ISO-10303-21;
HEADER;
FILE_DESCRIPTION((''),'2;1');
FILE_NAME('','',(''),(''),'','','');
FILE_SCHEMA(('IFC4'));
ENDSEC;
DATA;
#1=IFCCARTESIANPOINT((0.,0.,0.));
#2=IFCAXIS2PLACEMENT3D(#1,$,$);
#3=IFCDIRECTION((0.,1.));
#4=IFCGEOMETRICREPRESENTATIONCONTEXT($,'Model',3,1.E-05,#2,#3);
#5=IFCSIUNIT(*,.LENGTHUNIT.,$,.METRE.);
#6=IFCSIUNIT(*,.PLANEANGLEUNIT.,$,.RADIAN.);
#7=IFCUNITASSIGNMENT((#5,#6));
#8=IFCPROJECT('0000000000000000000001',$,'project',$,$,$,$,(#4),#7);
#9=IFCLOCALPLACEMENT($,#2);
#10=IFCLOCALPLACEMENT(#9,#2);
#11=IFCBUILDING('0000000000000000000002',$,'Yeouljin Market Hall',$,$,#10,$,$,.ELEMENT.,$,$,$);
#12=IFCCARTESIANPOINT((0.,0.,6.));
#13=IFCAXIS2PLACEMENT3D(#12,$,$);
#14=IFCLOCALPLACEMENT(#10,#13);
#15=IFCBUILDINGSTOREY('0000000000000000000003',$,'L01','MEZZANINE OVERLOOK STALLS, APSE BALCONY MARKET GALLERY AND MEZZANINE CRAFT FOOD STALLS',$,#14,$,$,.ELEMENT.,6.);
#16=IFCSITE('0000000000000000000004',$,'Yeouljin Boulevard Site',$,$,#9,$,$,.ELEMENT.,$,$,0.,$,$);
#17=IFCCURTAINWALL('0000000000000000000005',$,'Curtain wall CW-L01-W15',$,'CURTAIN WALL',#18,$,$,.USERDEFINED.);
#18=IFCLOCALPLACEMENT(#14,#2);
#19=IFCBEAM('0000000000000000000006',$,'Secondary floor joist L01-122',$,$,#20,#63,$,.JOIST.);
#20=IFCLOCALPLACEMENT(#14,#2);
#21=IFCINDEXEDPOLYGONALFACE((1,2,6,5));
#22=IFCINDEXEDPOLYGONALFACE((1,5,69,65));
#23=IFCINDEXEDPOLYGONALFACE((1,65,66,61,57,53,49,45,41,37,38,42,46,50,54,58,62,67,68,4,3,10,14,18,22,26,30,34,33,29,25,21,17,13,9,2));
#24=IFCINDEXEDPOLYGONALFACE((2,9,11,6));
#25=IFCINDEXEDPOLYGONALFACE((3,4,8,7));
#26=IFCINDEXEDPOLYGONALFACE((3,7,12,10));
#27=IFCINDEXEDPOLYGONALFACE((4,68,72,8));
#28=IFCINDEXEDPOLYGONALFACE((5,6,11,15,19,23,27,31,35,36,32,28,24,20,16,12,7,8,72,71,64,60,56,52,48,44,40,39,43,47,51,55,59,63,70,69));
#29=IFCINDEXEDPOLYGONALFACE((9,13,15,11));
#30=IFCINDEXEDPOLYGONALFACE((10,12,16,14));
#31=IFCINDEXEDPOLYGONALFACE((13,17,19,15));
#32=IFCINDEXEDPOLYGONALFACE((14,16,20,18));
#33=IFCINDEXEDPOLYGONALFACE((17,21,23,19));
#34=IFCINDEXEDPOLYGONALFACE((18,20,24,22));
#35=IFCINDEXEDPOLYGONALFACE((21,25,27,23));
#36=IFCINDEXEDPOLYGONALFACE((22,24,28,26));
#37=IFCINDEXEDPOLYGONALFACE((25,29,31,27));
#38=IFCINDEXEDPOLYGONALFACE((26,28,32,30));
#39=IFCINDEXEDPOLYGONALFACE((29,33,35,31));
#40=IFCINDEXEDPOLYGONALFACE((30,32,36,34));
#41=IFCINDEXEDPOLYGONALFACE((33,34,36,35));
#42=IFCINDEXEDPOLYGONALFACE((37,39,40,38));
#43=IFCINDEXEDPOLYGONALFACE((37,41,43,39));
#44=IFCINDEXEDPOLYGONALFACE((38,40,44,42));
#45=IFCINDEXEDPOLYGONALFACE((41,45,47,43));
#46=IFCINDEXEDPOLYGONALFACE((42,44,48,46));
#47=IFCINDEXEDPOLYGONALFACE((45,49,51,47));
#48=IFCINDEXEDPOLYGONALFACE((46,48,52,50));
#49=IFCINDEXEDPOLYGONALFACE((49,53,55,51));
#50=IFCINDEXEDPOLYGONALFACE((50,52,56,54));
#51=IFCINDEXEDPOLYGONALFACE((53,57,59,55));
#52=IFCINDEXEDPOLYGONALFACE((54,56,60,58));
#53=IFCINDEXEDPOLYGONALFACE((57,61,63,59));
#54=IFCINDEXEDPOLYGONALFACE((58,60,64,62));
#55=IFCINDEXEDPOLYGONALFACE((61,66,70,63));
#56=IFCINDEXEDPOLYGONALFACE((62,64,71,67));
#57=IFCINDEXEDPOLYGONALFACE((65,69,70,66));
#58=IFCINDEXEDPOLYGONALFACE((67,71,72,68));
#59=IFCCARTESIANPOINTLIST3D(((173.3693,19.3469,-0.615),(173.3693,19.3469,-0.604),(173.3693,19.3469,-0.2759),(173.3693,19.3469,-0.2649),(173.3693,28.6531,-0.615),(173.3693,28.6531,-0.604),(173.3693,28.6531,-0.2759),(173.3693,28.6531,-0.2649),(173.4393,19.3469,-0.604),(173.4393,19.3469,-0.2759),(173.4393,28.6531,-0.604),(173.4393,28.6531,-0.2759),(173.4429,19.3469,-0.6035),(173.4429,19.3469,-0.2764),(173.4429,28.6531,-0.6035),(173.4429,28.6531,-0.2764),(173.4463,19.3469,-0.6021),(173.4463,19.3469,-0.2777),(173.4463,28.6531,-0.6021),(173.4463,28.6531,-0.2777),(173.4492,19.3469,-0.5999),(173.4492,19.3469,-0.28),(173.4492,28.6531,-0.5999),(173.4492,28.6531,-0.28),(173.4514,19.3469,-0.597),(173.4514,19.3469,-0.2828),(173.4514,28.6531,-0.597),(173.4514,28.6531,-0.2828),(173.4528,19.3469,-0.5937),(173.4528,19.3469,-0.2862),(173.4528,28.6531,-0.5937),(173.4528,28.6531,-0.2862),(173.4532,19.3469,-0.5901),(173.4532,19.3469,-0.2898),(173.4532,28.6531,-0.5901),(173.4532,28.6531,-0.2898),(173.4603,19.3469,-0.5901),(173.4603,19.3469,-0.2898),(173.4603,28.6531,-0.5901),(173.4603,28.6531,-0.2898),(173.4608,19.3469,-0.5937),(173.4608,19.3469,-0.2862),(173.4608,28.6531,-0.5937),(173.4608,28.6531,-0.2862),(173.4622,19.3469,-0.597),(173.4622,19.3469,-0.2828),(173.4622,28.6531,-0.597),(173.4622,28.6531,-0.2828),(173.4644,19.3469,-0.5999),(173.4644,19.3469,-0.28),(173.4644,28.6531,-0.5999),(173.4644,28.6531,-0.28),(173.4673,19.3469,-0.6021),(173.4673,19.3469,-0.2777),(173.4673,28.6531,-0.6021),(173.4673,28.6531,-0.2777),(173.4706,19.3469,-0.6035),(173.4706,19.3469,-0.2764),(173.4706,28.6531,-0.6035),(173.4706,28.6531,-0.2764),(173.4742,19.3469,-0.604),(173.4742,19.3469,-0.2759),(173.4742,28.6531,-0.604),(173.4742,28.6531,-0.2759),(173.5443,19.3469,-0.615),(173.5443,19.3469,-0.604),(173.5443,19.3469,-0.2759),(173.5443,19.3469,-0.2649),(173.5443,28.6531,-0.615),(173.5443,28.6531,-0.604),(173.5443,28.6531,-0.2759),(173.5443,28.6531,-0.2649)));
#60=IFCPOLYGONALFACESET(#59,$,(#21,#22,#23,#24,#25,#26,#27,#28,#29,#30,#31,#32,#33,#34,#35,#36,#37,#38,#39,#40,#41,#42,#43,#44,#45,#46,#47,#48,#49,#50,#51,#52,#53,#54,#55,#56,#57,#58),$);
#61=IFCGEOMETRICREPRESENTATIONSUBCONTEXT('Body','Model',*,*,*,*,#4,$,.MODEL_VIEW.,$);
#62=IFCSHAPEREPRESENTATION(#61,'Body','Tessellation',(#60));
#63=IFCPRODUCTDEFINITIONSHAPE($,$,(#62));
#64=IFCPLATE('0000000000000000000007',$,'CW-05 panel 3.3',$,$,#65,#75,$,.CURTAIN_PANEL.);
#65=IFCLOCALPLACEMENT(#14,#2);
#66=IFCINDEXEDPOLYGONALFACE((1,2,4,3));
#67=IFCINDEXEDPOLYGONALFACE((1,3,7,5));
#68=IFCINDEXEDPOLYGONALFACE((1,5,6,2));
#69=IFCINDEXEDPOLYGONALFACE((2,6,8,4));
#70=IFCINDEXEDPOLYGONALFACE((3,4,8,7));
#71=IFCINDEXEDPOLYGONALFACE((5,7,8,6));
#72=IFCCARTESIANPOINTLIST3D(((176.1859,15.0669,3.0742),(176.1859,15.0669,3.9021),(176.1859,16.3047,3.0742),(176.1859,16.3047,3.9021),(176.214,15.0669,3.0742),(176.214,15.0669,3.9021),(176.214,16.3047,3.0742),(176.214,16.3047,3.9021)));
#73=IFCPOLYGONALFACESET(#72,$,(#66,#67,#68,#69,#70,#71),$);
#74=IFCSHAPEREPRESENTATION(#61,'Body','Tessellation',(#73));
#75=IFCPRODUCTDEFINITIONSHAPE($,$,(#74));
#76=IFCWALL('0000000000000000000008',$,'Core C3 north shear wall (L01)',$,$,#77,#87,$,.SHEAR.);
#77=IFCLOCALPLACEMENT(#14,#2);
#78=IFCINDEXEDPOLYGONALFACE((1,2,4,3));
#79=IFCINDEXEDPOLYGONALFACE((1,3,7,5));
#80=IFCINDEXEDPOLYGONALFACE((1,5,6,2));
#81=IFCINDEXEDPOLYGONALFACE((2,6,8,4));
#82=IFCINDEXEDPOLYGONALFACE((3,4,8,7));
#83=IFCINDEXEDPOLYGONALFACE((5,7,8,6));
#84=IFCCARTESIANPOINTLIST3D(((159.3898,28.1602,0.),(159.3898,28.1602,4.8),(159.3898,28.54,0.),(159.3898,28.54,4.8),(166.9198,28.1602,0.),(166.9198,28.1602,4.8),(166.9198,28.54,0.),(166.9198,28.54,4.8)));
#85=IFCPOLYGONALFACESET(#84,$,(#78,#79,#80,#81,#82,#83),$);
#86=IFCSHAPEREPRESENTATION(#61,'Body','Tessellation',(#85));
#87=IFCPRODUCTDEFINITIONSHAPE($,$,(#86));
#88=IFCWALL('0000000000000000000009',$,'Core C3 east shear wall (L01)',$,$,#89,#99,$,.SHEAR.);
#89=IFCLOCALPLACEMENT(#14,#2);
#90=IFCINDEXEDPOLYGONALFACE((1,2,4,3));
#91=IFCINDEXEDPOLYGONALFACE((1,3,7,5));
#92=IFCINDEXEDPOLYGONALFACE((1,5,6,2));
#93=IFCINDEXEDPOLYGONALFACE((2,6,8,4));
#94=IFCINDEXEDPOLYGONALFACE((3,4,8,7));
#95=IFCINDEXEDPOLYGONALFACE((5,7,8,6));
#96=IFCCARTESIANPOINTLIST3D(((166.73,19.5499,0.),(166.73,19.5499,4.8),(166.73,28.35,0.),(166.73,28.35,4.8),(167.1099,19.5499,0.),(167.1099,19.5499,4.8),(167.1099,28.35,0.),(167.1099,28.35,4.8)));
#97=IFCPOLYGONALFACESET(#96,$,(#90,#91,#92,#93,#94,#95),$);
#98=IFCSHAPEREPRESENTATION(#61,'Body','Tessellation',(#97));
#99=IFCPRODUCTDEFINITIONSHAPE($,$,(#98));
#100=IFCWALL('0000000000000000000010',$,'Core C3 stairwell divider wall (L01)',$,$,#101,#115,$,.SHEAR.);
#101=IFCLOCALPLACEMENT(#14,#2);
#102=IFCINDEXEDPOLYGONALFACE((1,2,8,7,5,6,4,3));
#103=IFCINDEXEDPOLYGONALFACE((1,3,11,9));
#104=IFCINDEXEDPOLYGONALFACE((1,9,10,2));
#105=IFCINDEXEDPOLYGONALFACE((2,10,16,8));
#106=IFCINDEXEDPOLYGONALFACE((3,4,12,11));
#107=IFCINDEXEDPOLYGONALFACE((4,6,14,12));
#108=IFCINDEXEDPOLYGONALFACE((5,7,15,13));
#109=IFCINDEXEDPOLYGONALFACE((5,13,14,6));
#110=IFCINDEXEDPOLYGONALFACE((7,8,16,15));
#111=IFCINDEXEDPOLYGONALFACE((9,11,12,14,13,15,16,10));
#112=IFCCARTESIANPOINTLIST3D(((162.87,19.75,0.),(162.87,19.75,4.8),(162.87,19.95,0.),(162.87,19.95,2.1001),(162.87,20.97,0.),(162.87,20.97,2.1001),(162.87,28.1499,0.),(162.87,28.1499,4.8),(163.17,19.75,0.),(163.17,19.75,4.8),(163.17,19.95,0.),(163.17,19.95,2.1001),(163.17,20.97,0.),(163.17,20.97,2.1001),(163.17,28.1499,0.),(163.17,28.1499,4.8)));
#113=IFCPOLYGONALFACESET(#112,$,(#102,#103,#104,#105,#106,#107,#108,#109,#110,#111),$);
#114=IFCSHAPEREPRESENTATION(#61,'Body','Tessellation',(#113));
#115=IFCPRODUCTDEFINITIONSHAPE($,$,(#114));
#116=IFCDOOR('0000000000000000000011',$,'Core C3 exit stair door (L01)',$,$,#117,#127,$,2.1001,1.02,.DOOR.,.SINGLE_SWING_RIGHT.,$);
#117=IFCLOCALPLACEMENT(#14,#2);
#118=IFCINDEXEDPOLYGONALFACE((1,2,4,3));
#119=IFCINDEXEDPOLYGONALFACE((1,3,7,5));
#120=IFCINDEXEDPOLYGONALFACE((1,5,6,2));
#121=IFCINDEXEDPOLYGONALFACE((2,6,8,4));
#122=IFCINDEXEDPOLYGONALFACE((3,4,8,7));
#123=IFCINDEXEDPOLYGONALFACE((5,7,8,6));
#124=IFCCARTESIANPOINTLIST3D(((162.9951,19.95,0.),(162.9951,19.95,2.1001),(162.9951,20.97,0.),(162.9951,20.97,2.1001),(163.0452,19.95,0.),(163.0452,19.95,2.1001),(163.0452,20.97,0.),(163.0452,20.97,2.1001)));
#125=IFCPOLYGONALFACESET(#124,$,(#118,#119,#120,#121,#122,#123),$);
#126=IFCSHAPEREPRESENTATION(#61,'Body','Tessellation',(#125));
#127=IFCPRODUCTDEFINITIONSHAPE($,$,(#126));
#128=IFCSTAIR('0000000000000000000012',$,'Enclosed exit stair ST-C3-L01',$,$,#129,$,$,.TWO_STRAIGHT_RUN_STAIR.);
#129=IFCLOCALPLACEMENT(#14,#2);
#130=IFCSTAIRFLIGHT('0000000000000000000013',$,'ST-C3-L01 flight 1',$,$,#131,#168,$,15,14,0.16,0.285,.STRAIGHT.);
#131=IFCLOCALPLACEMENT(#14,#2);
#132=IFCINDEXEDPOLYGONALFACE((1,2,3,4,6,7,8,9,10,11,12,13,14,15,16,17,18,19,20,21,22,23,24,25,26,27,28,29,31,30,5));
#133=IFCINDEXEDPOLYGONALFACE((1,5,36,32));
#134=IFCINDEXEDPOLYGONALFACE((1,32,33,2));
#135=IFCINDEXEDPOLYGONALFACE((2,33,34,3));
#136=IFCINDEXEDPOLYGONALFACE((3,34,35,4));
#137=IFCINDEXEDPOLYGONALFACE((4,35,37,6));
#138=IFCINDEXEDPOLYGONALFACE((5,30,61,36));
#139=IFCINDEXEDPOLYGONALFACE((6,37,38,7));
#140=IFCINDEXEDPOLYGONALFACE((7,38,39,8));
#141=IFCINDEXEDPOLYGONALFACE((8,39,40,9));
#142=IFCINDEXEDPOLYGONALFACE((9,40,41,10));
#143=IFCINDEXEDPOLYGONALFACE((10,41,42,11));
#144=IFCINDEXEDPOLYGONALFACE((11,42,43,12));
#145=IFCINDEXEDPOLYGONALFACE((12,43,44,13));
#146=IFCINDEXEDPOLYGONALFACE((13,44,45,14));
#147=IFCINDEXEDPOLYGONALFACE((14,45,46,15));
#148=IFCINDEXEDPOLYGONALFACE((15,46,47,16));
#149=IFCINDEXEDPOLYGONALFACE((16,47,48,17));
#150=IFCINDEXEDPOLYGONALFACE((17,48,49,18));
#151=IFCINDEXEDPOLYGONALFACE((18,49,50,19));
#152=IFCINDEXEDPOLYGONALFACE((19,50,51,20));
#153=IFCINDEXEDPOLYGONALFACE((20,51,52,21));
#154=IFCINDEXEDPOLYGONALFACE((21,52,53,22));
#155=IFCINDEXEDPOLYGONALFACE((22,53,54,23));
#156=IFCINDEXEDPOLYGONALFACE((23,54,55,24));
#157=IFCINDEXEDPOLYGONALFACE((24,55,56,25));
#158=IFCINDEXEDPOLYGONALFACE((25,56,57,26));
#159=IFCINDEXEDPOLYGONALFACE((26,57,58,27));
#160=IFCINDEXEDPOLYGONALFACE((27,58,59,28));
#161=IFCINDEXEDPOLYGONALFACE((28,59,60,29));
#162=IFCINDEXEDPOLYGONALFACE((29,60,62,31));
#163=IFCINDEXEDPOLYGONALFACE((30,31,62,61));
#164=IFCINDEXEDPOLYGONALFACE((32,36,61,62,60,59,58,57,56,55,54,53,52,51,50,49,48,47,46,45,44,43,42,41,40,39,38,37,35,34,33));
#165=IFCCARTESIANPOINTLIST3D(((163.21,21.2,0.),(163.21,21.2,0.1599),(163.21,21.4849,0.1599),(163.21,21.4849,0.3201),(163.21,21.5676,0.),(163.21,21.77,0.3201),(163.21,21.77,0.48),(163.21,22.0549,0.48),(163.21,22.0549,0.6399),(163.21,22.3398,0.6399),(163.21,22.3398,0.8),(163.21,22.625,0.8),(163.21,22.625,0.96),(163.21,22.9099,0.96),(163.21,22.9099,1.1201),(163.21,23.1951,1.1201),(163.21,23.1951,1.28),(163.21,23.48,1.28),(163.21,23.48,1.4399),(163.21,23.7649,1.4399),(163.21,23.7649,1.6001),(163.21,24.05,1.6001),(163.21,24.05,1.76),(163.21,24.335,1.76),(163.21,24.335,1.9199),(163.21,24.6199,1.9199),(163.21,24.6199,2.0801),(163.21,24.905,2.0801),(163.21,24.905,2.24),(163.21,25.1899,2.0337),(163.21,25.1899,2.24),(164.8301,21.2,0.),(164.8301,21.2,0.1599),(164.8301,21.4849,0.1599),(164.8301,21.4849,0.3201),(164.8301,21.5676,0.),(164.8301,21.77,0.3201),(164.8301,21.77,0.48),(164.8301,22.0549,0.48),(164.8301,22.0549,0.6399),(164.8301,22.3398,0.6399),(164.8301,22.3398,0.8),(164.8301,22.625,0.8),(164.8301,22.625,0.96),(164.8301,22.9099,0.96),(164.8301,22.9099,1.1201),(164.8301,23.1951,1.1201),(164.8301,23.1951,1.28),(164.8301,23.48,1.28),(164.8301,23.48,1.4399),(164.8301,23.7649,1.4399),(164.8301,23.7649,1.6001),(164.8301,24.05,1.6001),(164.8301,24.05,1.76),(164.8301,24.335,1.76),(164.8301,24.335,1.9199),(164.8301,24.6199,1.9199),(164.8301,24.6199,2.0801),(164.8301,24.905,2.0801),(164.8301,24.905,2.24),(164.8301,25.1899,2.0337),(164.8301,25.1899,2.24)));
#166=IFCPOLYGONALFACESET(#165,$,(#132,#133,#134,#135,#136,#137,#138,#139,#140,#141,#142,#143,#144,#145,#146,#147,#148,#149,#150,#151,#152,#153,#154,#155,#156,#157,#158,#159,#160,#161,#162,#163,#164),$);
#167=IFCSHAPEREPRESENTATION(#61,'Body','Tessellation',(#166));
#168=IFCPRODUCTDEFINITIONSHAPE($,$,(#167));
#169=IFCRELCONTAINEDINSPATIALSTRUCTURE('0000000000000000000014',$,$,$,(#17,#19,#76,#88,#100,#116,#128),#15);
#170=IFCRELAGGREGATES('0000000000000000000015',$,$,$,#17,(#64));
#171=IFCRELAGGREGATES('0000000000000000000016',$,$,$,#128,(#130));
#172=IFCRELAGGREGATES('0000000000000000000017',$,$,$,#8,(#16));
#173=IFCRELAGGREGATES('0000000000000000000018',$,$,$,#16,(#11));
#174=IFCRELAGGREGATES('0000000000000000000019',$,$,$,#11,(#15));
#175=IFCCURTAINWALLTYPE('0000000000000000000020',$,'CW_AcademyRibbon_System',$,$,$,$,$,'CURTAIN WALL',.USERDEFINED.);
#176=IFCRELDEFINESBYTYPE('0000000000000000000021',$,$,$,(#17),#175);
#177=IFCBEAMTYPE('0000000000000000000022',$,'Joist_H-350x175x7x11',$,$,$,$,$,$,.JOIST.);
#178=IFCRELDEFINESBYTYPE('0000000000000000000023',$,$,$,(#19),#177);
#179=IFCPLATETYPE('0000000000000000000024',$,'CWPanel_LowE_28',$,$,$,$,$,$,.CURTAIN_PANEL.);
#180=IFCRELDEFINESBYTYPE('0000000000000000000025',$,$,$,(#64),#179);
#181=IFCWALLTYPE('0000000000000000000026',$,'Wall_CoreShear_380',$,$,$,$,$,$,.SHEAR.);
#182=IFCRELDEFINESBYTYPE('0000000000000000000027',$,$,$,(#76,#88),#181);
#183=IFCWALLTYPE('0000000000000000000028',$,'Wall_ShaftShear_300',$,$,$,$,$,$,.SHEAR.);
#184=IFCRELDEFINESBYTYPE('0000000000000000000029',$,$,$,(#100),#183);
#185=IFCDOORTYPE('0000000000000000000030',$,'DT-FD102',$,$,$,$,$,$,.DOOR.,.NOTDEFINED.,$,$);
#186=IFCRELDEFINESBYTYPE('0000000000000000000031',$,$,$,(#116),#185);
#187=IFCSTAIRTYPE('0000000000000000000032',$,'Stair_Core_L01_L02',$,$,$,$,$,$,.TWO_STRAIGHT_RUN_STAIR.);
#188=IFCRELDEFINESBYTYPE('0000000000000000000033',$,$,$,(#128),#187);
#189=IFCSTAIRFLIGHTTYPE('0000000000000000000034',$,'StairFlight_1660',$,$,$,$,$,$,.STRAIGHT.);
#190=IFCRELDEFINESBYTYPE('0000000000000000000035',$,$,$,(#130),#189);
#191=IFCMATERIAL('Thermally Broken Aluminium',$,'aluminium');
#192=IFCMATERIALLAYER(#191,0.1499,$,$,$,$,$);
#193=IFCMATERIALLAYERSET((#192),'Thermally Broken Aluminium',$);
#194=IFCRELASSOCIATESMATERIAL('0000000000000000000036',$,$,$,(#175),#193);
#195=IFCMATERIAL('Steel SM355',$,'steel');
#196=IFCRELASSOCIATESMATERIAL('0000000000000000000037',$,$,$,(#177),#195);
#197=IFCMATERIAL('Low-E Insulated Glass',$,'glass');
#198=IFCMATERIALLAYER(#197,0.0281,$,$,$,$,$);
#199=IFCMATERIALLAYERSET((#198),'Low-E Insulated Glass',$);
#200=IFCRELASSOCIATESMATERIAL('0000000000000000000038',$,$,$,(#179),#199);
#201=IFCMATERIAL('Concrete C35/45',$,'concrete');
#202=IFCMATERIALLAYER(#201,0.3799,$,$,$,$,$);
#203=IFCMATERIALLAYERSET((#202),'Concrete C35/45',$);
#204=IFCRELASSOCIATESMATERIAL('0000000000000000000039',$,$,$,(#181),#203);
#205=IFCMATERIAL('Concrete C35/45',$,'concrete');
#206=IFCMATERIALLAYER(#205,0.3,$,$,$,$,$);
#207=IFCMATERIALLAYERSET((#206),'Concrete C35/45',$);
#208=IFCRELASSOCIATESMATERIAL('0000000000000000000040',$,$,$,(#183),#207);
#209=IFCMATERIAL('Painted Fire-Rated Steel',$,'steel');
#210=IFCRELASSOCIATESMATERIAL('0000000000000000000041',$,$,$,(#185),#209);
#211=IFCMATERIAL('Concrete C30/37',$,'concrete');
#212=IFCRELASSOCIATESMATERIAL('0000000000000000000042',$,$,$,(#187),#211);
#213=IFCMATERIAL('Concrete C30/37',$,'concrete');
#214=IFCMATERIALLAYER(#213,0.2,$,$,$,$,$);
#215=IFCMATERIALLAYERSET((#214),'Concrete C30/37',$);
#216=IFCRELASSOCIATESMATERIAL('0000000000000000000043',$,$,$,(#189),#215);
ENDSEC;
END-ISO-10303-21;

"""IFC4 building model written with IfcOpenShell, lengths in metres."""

from ifc_helpers import new_model, si_unit, direction, frame, frame_2d, origin, origin_2d, place, context, subcontext, project, spatial, polyline, rectangle, i_section, outline, extrude, material, layer, layer_set, material_profile, profile_set, type_object, element, fill, aggregate, save


model = new_model("IFC4")

# Units and contexts
model_context = context("Model", 3, precision=1e-05, world=origin(), true_north=direction((0.0, 1.0)))
body_context = subcontext(model_context, "Body", "Model", "MODEL_VIEW")
ifc_project = project(units=[si_unit("LENGTHUNIT", "METRE"), si_unit("PLANEANGLEUNIT", "RADIAN")], contexts=[model_context])

# Site, building, storey
site_placement = place(None, origin())
site = spatial("IfcSite", under=ifc_project, at=site_placement, Name="Yeouljin Boulevard Site", CompositionType="ELEMENT", RefElevation=0.0)
building_placement = place(site_placement, origin())
building = spatial("IfcBuilding", under=site, at=building_placement, Name="Yeouljin Market Hall", CompositionType="ELEMENT")
storey_placement = place(building_placement, frame((0.0, 0.0, 6.0)))
storey = spatial("IfcBuildingStorey", under=building, at=storey_placement, Name="L01", Description="MEZZANINE OVERLOOK STALLS, APSE BALCONY MARKET GALLERY AND MEZZANINE CRAFT FOOD STALLS", CompositionType="ELEMENT", Elevation=6.0)

# Curtain wall
ifc_material_1 = material(Name="Thermally Broken Aluminium", Category="aluminium")
ifc_layer_1 = layer(ifc_material_1, 0.1499)
ifc_layer_set_1 = layer_set([ifc_layer_1], Name="Thermally Broken Aluminium")
curtain_wall_type = type_object("IfcCurtainWallType", Name="CW_AcademyRibbon_System", ElementType="CURTAIN WALL", PredefinedType="USERDEFINED", material=ifc_layer_set_1)
curtain_wall_placement = place(storey_placement, origin())
curtain_wall = element("IfcCurtainWall", 1, at=curtain_wall_placement, inside=storey, type_object=curtain_wall_type, Name="Curtain wall CW-L01-W15", ObjectType="CURTAIN WALL", PredefinedType="USERDEFINED")

# Beam
ifc_material_2 = material(Name="Steel SM355", Category="steel")
ifc_material_profile_1 = material_profile(ifc_material_2, i_section(OverallWidth=0.175, OverallDepth=0.3501, WebThickness=0.0071, FlangeThickness=0.011, FilletRadius=0.0139, at=origin_2d()), Name="H-350x175x7x11")
ifc_profile_set_1 = profile_set([ifc_material_profile_1], Name="Steel SM355")
beam_type_1 = type_object("IfcBeamType", Name="Joist_H-350x175x7x11", PredefinedType="JOIST", material=ifc_profile_set_1)
for number, where, z_axis, x_axis, name in (
    (2, (173.4568, 19.3469, -0.4399), (0.0, 1.0, 0.0), (-1.0, 0.0, 0.0), "Secondary floor joist L01-122"),
):
    element("IfcBeam", number, at=place(storey_placement, frame(where, z_axis=z_axis, x_axis=x_axis)), inside=storey, type_object=beam_type_1, Name=name, PredefinedType="JOIST", context=body_context, shape_type="SweptSolid", body=[
        extrude(i_section(OverallWidth=0.175, OverallDepth=0.3501, WebThickness=0.0071, FlangeThickness=0.011, FilletRadius=0.0139, at=origin_2d()), origin(), (0.0, 0.0, 1.0), 9.3062),
    ])

# Plate
ifc_material_3 = material(Name="Low-E Insulated Glass", Category="glass")
ifc_layer_2 = layer(ifc_material_3, 0.0281)
ifc_layer_set_2 = layer_set([ifc_layer_2], Name="Low-E Insulated Glass")
plate_type = type_object("IfcPlateType", Name="CWPanel_LowE_28", PredefinedType="CURTAIN_PANEL", material=ifc_layer_set_2)
plate_placement = place(storey_placement, frame((176.2, 15.6858, 3.0742), z_axis=(0.0, 0.0, 1.0), x_axis=(0.0, -1.0, 0.0)))
plate = element("IfcPlate", 3, at=plate_placement, type_object=plate_type, Name="CW-05 panel 3.3", PredefinedType="CURTAIN_PANEL", context=body_context, shape_type="SweptSolid", body=[
    extrude(rectangle(XDim=1.2378, YDim=0.0281, at=origin_2d()), origin(), (0.0, 0.0, 1.0), 0.8279),
])
aggregate(curtain_wall, [plate])

# Walls
ifc_material_4 = material(Name="Concrete C35/45", Category="concrete")
ifc_layer_3 = layer(ifc_material_4, 0.3799)
ifc_layer_set_3 = layer_set([ifc_layer_3], Name="Concrete C35/45")
wall_type_1 = type_object("IfcWallType", Name="Wall_CoreShear_380", PredefinedType="SHEAR", material=ifc_layer_set_3)
wall_1_placement = place(storey_placement, frame((166.9199, 28.3501, 0.0), z_axis=(0.0, 0.0, 1.0), x_axis=(-1.0, 0.0, 0.0)))
element("IfcWall", 4, at=wall_1_placement, inside=storey, type_object=wall_type_1, Name="Core C3 north shear wall (L01)", PredefinedType="SHEAR", context=body_context, shape_type="SweptSolid", body=[
    extrude(rectangle(XDim=7.53, YDim=0.3799, at=frame_2d((3.7651, 0.0))), origin(), (0.0, 0.0, 1.0), 4.8),
])
wall_2_placement = place(storey_placement, frame((166.9199, 19.55, 0.0), z_axis=(0.0, 0.0, 1.0), x_axis=(0.0, 1.0, 0.0)))
element("IfcWall", 5, at=wall_2_placement, inside=storey, type_object=wall_type_1, Name="Core C3 east shear wall (L01)", PredefinedType="SHEAR", context=body_context, shape_type="SweptSolid", body=[
    extrude(rectangle(XDim=8.8, YDim=0.3799, at=frame_2d((4.3999, 0.0))), origin(), (0.0, 0.0, 1.0), 4.8),
])

# Wall, opening, door
ifc_material_5 = material(Name="Concrete C35/45", Category="concrete")
ifc_layer_4 = layer(ifc_material_5, 0.3)
ifc_layer_set_4 = layer_set([ifc_layer_4], Name="Concrete C35/45")
wall_type_2 = type_object("IfcWallType", Name="Wall_ShaftShear_300", PredefinedType="SHEAR", material=ifc_layer_set_4)
wall_3_placement = place(storey_placement, frame((163.02, 19.75, 0.0), z_axis=(0.0, 0.0, 1.0), x_axis=(0.0, 1.0, 0.0)))
wall_3 = element("IfcWall", 6, at=wall_3_placement, inside=storey, type_object=wall_type_2, Name="Core C3 stairwell divider wall (L01)", PredefinedType="SHEAR", context=body_context, shape_type="SweptSolid", body=[
    extrude(rectangle(XDim=8.3999, YDim=0.3, at=frame_2d((4.2, 0.0))), origin(), (0.0, 0.0, 1.0), 4.8),
])
opening_1_placement = place(wall_3_placement, frame((0.2, 0.0, 0.0)))
opening_1 = element("IfcOpeningElement", 7, at=opening_1_placement, cuts=wall_3, PredefinedType="OPENING", context=body_context, shape_type="SweptSolid", body=[
    extrude(rectangle(XDim=1.02, YDim=2.1001, at=frame_2d((0.51, 1.05))), frame((0.0, 0.1599, 0.0), z_axis=(0.0, -1.0, 0.0), x_axis=(1.0, 0.0, 0.0)), (0.0, 0.0, 1.0), 0.3201),
])
ifc_material_6 = material(Name="Painted Fire-Rated Steel", Category="steel")
door_type_1 = type_object("IfcDoorType", Name="DT-FD102", OperationType="NOTDEFINED", PredefinedType="DOOR", material=ifc_material_6)
door_1_placement = place(opening_1_placement, origin())
door_1 = element("IfcDoor", 8, at=door_1_placement, inside=storey, type_object=door_type_1, Name="Core C3 exit stair door (L01)", OperationType="SINGLE_SWING_RIGHT", OverallHeight=2.1001, OverallWidth=1.02, PredefinedType="DOOR", context=body_context, shape_type="SweptSolid", body=[
    extrude(rectangle(XDim=1.02, YDim=2.1001, at=frame_2d((0.51, 1.05))), frame((0.0, 0.0249, 0.0), z_axis=(0.0, -1.0, 0.0), x_axis=(1.0, 0.0, 0.0)), (0.0, 0.0, 1.0), 0.05),
])
fill(opening_1, door_1)

# Stair, stair flight
ifc_material_7 = material(Name="Concrete C30/37", Category="concrete")
stair_type = type_object("IfcStairType", Name="Stair_Core_L01_L02", PredefinedType="TWO_STRAIGHT_RUN_STAIR", material=ifc_material_7)
stair_placement = place(storey_placement, origin())
stair = element("IfcStair", 9, at=stair_placement, inside=storey, type_object=stair_type, Name="Enclosed exit stair ST-C3-L01", PredefinedType="TWO_STRAIGHT_RUN_STAIR")
ifc_material_8 = material(Name="Concrete C30/37", Category="concrete")
ifc_layer_5 = layer(ifc_material_8, 0.2)
ifc_layer_set_5 = layer_set([ifc_layer_5], Name="Concrete C30/37")
stair_flight_type = type_object("IfcStairFlightType", Name="StairFlight_1660", PredefinedType="STRAIGHT", material=ifc_layer_set_5)
stair_flight_1_placement = place(storey_placement, frame((164.02, 21.2, 0.0), z_axis=(0.0, 0.0, 1.0), x_axis=(0.0, 1.0, 0.0)))
stair_flight_1 = element("IfcStairFlight", 10, at=stair_flight_1_placement, type_object=stair_flight_type, Name="ST-C3-L01 flight 1", NumberOfRisers=15, NumberOfTreads=14, PredefinedType="STRAIGHT", RiserHeight=0.16, TreadLength=0.285, context=body_context, shape_type="SweptSolid", body=[
    extrude(outline(polyline([(0.0, 0.0), (0.0, 0.1599), (0.2849, 0.1599), (0.2849, 0.3201), (0.5701, 0.3201), (0.5701, 0.48), (0.855, 0.48), (0.855, 0.6399), (1.1399, 0.6399), (1.1399, 0.8), (1.425, 0.8), (1.425, 0.96), (1.71, 0.96), (1.71, 1.1201), (1.9951, 1.1201), (1.9951, 1.28), (2.28, 1.28), (2.28, 1.4399), (2.5649, 1.4399), (2.5649, 1.6001), (2.8501, 1.6001), (2.8501, 1.76), (3.135, 1.76), (3.135, 1.9199), (3.4199, 1.9199), (3.4199, 2.0801), (3.7051, 2.0801), (3.7051, 2.24), (3.99, 2.24), (3.99, 2.3999), (3.99, 2.0337), (0.3677, 0.0), (0.0, 0.0)])), frame((0.0, 0.8101, 0.0), z_axis=(0.0, -1.0, 0.0), x_axis=(1.0, 0.0, 0.0)), (0.0, 0.0, 1.0), 1.6201),
])
aggregate(stair, [stair_flight_1])

save(model, "model.ifc")
